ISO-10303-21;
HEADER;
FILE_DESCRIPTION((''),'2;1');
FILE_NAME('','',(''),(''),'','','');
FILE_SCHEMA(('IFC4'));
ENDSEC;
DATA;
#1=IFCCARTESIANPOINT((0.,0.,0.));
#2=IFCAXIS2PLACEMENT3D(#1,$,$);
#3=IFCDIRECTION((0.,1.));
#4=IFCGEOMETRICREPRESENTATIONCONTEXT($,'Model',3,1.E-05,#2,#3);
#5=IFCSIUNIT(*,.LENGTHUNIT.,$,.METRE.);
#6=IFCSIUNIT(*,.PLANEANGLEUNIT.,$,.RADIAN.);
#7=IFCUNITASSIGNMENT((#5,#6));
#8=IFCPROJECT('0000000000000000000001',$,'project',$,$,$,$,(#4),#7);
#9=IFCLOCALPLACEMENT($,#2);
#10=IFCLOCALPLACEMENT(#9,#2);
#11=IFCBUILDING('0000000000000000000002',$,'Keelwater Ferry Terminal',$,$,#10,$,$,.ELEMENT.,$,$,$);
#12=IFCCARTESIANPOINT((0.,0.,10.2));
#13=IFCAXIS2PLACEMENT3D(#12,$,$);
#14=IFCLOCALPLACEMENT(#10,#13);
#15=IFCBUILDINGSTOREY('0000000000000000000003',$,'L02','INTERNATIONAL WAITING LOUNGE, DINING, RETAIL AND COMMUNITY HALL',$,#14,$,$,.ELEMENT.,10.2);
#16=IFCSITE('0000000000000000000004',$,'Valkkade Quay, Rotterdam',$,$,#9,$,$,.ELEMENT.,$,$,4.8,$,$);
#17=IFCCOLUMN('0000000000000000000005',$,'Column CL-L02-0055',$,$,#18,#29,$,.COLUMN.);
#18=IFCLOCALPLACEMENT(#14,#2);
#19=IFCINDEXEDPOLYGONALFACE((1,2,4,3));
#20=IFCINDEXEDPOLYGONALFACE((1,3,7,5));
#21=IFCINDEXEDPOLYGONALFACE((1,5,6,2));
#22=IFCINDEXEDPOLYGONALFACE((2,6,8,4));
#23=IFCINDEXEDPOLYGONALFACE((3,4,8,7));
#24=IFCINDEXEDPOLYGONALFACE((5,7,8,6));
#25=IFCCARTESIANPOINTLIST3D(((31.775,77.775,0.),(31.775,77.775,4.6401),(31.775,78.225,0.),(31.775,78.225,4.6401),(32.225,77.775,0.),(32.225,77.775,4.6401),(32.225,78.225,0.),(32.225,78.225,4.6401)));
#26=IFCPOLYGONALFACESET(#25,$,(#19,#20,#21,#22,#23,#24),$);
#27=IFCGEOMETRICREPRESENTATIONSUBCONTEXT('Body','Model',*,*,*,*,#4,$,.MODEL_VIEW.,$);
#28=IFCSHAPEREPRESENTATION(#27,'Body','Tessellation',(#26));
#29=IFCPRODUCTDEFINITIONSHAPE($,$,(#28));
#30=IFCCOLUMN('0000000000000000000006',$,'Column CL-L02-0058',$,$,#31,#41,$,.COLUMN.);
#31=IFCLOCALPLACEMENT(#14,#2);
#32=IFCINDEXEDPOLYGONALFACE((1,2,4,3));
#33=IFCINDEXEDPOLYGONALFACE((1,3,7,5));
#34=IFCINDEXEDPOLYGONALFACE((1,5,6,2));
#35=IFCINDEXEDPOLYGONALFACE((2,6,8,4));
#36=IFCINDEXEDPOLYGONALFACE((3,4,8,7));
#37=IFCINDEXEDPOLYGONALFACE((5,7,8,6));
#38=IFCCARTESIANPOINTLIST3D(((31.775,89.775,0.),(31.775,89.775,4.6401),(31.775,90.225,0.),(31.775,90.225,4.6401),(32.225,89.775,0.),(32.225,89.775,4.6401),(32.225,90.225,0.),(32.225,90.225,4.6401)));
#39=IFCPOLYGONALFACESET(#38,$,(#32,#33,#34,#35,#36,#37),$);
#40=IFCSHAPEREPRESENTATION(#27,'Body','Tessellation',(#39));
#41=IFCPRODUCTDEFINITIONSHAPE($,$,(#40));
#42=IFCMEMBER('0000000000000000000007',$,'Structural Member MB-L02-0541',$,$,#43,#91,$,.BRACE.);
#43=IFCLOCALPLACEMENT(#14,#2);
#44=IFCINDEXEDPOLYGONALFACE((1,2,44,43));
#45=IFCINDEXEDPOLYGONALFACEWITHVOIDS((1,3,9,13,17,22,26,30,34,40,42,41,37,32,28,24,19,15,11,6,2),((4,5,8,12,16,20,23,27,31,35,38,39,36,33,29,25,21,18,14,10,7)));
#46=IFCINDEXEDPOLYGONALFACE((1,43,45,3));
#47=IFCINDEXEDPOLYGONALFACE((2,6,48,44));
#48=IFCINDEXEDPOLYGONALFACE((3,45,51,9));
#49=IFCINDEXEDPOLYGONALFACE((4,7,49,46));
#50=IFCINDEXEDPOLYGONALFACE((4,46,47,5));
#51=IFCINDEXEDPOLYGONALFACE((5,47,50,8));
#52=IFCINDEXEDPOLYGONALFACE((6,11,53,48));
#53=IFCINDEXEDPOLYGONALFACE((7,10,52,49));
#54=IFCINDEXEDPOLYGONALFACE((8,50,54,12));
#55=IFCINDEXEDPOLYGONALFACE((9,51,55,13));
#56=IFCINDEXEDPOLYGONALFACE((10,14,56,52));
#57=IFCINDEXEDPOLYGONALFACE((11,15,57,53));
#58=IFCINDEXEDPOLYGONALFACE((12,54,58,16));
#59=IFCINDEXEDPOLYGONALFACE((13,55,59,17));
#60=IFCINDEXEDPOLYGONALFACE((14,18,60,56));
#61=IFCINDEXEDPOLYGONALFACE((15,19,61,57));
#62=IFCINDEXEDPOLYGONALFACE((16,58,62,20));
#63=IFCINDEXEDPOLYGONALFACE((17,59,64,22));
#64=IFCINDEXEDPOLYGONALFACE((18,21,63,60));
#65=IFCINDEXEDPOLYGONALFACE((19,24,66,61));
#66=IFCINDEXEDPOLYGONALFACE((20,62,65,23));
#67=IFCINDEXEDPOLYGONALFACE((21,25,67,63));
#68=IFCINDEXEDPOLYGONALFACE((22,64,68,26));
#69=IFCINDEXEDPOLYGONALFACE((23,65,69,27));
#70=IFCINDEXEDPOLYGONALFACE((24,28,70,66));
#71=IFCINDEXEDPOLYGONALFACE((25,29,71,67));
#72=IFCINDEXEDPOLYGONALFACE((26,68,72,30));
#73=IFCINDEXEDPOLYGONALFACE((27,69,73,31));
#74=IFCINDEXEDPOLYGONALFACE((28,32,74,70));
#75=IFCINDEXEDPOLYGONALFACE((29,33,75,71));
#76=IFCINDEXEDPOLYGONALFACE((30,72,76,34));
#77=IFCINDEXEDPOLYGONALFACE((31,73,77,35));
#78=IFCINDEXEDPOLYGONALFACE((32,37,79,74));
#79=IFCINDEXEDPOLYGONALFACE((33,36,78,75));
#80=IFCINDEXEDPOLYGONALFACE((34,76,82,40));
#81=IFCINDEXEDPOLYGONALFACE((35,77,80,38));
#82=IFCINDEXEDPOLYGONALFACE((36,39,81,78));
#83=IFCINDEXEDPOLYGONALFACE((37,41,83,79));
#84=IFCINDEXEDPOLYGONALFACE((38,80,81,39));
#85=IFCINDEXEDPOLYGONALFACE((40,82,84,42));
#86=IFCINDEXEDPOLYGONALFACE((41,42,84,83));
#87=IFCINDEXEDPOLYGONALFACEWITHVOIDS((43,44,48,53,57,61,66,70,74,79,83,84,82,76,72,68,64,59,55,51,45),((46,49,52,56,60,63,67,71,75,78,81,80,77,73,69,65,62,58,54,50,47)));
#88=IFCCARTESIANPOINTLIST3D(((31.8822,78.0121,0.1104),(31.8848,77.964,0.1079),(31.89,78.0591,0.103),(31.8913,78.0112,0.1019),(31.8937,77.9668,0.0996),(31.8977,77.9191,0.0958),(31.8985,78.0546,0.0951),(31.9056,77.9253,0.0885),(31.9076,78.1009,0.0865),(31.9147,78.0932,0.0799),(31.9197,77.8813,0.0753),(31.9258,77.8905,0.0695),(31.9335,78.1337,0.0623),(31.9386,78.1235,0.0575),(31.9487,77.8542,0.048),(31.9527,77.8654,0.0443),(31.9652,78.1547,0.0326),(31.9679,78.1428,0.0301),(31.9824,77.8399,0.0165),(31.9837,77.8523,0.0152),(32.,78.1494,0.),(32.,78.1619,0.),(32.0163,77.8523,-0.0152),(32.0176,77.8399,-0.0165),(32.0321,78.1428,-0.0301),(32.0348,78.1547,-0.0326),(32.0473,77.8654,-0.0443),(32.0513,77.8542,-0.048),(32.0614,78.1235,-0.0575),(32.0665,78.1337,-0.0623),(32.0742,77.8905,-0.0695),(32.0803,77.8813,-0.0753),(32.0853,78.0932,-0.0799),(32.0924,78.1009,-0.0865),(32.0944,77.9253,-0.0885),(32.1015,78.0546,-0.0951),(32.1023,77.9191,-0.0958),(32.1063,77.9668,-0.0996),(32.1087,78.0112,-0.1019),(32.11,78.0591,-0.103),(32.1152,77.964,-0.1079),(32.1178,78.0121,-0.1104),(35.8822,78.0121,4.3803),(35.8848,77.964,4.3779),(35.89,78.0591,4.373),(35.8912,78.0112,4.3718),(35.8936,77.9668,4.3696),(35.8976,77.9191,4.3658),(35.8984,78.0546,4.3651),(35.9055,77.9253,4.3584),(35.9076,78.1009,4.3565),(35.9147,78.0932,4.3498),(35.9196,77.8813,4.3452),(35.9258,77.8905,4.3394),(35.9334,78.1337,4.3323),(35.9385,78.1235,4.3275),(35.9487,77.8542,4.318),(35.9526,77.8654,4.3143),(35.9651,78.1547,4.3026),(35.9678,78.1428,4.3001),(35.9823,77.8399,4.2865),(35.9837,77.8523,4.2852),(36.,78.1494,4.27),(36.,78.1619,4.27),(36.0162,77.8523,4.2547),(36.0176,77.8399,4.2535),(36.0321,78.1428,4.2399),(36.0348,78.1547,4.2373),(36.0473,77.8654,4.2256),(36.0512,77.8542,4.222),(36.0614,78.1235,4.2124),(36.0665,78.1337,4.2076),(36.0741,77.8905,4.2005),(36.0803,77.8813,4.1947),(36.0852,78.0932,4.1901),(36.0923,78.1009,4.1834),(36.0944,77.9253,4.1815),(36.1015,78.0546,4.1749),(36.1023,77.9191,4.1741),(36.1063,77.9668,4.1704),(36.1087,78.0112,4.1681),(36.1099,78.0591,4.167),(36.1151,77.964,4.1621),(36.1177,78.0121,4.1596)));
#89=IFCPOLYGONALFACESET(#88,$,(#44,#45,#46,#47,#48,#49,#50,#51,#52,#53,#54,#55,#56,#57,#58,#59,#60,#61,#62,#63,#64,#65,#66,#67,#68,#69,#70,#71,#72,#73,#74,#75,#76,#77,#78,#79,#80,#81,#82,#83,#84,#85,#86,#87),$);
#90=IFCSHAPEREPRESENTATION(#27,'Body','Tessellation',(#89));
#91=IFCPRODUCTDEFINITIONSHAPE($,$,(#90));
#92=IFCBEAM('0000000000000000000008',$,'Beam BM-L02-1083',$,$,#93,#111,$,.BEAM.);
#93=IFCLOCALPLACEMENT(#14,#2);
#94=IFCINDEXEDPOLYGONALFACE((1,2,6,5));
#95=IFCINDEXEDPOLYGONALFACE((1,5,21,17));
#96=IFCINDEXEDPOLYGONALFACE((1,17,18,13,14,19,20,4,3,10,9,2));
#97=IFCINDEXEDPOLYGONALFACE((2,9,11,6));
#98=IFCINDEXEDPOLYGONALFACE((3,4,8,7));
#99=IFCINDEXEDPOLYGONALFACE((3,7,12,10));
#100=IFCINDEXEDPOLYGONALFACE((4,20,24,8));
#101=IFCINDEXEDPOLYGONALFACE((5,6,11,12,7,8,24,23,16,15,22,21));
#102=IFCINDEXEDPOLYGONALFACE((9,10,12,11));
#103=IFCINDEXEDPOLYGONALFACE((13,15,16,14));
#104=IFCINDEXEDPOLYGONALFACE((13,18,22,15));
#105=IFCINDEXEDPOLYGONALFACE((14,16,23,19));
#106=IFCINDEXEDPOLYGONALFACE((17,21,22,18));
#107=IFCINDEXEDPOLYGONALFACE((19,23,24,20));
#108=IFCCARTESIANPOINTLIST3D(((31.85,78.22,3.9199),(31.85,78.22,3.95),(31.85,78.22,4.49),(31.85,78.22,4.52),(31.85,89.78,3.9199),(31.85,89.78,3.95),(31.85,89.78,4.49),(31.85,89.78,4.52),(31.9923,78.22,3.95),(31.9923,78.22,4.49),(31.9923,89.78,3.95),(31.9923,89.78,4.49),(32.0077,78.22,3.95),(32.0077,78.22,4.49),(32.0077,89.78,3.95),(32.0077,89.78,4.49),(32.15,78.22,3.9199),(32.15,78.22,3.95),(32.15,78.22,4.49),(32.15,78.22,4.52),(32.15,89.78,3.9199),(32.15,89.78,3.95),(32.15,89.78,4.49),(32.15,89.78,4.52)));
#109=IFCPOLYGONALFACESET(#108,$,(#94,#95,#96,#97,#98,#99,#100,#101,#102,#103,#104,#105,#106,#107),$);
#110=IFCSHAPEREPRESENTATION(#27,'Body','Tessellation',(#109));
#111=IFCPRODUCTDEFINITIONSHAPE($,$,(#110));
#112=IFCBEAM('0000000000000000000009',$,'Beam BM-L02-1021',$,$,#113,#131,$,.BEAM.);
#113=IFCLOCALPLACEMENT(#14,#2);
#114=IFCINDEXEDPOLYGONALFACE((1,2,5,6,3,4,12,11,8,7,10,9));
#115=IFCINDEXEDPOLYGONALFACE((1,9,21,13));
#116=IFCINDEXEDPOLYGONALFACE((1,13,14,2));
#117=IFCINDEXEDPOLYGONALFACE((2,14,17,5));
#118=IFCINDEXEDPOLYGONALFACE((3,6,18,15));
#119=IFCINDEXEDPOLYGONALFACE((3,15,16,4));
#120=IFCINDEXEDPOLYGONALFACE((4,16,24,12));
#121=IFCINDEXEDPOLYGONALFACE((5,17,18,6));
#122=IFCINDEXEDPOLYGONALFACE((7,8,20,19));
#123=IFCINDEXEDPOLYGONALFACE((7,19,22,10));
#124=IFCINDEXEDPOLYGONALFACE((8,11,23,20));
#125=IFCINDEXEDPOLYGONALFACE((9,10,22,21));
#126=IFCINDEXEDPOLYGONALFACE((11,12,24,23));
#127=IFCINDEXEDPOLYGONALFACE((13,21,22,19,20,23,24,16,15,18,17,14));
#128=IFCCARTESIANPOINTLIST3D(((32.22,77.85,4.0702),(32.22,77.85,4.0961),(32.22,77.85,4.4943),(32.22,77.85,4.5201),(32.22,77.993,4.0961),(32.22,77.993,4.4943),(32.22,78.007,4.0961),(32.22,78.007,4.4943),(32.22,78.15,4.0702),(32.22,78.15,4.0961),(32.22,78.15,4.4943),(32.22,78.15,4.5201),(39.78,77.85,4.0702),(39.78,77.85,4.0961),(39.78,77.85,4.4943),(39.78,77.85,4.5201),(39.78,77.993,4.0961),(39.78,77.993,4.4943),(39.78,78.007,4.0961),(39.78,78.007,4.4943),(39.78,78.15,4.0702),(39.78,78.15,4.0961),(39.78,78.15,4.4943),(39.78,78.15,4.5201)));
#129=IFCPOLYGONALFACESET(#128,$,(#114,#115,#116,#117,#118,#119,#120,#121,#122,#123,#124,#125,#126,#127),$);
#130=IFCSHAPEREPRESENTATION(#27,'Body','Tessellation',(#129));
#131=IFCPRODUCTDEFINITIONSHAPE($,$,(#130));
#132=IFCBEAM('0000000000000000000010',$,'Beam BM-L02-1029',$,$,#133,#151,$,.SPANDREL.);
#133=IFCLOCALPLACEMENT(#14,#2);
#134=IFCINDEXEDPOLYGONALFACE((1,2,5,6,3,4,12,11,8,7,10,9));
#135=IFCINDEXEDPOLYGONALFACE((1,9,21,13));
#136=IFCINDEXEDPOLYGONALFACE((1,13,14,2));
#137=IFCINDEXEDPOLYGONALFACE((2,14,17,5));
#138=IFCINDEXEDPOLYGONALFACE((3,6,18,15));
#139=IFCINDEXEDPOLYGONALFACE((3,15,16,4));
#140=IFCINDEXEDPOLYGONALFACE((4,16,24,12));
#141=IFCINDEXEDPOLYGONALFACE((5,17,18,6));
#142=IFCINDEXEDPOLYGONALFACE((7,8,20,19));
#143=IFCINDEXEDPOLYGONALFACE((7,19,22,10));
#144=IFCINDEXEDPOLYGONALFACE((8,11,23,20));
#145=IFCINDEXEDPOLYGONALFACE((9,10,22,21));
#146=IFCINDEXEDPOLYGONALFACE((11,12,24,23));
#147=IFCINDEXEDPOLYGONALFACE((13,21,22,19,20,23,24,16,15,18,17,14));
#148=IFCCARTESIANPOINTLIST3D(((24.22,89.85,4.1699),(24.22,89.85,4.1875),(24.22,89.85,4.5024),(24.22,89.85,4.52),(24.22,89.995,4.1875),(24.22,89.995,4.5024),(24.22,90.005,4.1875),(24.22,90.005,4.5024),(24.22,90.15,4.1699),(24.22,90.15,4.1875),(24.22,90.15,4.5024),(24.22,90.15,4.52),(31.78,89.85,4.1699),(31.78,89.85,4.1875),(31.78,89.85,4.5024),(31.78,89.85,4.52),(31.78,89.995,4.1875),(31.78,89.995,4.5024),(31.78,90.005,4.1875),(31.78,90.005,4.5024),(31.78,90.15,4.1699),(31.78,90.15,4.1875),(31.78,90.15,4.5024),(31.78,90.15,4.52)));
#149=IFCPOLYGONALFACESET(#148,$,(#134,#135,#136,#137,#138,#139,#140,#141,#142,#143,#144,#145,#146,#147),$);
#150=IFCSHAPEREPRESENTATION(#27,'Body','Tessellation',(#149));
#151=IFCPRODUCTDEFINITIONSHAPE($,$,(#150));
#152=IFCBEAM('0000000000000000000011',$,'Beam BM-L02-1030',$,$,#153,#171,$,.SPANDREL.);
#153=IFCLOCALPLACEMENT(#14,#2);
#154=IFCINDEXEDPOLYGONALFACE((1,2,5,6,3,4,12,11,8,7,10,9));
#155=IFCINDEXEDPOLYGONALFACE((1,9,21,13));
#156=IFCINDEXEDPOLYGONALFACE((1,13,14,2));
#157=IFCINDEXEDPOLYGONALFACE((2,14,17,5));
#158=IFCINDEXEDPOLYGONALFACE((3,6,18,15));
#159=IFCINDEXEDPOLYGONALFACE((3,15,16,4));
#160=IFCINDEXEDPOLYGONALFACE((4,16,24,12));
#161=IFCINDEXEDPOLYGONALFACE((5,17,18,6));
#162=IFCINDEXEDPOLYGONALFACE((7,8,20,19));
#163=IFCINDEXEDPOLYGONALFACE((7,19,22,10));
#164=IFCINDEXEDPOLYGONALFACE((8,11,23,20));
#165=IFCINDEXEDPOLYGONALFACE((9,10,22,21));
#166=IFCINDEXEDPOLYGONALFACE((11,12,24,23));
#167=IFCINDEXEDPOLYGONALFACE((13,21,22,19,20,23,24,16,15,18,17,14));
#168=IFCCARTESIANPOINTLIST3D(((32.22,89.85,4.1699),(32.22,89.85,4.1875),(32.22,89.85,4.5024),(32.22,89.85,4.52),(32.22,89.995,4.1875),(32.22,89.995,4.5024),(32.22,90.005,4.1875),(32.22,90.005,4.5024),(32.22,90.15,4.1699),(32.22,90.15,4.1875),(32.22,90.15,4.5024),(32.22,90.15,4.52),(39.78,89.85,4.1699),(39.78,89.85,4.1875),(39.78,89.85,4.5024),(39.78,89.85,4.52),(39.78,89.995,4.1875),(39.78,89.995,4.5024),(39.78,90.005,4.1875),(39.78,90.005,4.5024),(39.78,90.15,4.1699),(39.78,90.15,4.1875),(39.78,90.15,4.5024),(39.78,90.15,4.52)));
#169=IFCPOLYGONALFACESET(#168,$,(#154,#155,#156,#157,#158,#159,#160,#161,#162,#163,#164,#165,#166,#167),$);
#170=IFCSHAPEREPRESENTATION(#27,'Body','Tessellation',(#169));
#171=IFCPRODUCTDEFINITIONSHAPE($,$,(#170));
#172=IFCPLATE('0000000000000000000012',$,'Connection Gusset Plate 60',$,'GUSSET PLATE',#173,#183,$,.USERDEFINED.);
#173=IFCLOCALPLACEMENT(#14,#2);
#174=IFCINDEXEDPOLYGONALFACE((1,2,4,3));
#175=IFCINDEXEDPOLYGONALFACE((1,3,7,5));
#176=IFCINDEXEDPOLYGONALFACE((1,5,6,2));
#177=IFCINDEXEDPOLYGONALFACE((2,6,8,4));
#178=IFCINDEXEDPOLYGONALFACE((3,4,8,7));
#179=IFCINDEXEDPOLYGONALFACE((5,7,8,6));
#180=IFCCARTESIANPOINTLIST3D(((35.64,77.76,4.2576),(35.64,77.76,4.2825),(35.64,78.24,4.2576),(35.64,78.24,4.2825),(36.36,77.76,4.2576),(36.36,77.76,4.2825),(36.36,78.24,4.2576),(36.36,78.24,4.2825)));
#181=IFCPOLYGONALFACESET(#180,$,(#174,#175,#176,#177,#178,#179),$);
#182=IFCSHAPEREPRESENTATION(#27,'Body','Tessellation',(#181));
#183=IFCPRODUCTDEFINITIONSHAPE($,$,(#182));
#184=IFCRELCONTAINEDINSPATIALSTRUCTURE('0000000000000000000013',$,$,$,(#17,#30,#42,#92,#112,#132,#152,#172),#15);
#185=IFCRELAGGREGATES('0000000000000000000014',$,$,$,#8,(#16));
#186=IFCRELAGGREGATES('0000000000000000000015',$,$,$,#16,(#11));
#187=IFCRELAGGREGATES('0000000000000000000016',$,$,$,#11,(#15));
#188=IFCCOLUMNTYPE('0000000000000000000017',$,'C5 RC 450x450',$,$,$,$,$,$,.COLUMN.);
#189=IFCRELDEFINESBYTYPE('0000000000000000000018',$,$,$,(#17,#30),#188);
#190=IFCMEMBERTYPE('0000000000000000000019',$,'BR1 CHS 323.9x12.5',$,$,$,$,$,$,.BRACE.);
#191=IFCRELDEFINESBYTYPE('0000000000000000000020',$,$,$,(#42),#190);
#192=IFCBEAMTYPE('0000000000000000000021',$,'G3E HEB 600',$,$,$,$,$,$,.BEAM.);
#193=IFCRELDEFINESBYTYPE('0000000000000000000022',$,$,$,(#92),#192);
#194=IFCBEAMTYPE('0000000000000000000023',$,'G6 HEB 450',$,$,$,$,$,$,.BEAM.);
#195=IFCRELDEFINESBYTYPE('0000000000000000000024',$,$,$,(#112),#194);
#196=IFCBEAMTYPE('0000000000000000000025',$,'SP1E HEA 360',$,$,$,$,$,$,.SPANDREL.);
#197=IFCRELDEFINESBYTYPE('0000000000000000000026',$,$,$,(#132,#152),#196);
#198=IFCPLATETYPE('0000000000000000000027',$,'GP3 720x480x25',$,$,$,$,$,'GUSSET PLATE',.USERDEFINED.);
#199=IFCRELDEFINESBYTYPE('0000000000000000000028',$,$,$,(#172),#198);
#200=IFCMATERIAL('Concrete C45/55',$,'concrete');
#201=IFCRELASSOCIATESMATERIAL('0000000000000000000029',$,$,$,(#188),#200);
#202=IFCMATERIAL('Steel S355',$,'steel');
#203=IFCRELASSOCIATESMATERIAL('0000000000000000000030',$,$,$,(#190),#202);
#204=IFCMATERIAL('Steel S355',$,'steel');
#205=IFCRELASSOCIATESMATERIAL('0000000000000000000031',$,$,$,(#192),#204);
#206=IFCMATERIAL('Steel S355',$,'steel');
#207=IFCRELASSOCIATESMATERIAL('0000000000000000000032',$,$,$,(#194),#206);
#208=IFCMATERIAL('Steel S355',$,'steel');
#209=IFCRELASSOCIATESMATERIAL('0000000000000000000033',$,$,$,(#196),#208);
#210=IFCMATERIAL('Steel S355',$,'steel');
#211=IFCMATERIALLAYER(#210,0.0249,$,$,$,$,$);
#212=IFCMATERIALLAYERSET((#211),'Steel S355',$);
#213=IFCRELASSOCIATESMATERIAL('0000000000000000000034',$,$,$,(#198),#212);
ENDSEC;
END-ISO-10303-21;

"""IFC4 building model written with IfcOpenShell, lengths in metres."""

from ifc_helpers import new_model, si_unit, direction, frame, origin, origin_2d, place, context, subcontext, project, spatial, rectangle, hollow_circle, i_section, extrude, material, layer, layer_set, material_profile, profile_set, type_object, element, save


model = new_model("IFC4")

# Units and contexts
model_context = context("Model", 3, precision=1e-05, world=origin(), true_north=direction((0.0, 1.0)))
body_context = subcontext(model_context, "Body", "Model", "MODEL_VIEW")
ifc_project = project(units=[si_unit("LENGTHUNIT", "METRE"), si_unit("PLANEANGLEUNIT", "RADIAN")], contexts=[model_context])

# Site, building, storey
site_placement = place(None, origin())
site = spatial("IfcSite", under=ifc_project, at=site_placement, Name="Valkkade Quay, Rotterdam", CompositionType="ELEMENT", RefElevation=4.8)
building_placement = place(site_placement, origin())
building = spatial("IfcBuilding", under=site, at=building_placement, Name="Keelwater Ferry Terminal", CompositionType="ELEMENT")
storey_placement = place(building_placement, frame((0.0, 0.0, 10.2)))
storey = spatial("IfcBuildingStorey", under=building, at=storey_placement, Name="L02", Description="INTERNATIONAL WAITING LOUNGE, DINING, RETAIL AND COMMUNITY HALL", CompositionType="ELEMENT", Elevation=10.2)

# Columns
ifc_material_1 = material(Name="Concrete C45/55", Category="concrete")
ifc_material_profile_1 = material_profile(ifc_material_1, rectangle(XDim=0.45, YDim=0.45, at=origin_2d()), Name="RC 450x450")
ifc_profile_set_1 = profile_set([ifc_material_profile_1], Name="Concrete C45/55")
column_type = type_object("IfcColumnType", Name="C5 RC 450x450", PredefinedType="COLUMN", material=ifc_profile_set_1)
for number, where, z_axis, x_axis, name in (
    (1, (32.0, 78.0, 0.0), (0.0, 0.0, 1.0), (1.0, 0.0, 0.0), "Column CL-L02-0055"),
    (2, (32.0, 90.0, 0.0), (0.0, 0.0, 1.0), (1.0, 0.0, 0.0), "Column CL-L02-0058"),
):
    element("IfcColumn", number, at=place(storey_placement, frame(where, z_axis=z_axis, x_axis=x_axis)), inside=storey, type_object=column_type, Name=name, PredefinedType="COLUMN", context=body_context, shape_type="SweptSolid", body=[
        extrude(rectangle(XDim=0.45, YDim=0.45, at=origin_2d()), origin(), (0.0, 0.0, 1.0), 4.6401),
    ])

# Member
ifc_material_2 = material(Name="Steel S355", Category="steel")
ifc_material_profile_2 = material_profile(ifc_material_2, hollow_circle(Radius=0.1619, WallThickness=0.0125, at=origin_2d()), Name="CHS 323.9x12.5")
ifc_profile_set_2 = profile_set([ifc_material_profile_2], Name="Steel S355")
member_type = type_object("IfcMemberType", Name="BR1 CHS 323.9x12.5", PredefinedType="BRACE", material=ifc_profile_set_2)
member_placement = place(storey_placement, frame((32.0, 78.0, 0.0), z_axis=(0.683655, 0.0, 0.729805), x_axis=(0.0, 1.0, 0.0)))
element("IfcMember", 3, at=member_placement, inside=storey, type_object=member_type, Name="Structural Member MB-L02-0541", PredefinedType="BRACE", context=body_context, shape_type="SweptSolid", body=[
    extrude(hollow_circle(Radius=0.1619, WallThickness=0.0125, at=origin_2d()), origin(), (0.0, 0.0, 1.0), 5.8508),
])

# Beams
ifc_material_3 = material(Name="Steel S355", Category="steel")
ifc_material_profile_3 = material_profile(ifc_material_3, i_section(OverallWidth=0.3, OverallDepth=0.6001, WebThickness=0.0154, FlangeThickness=0.03, at=origin_2d()), Name="HEB 600")
ifc_profile_set_3 = profile_set([ifc_material_profile_3], Name="Steel S355")
beam_type_1 = type_object("IfcBeamType", Name="G3E HEB 600", PredefinedType="BEAM", material=ifc_profile_set_3)
beam_1_placement = place(storey_placement, frame((32.0, 78.22, 4.22), z_axis=(0.0, 1.0, 0.0), x_axis=(-1.0, 0.0, 0.0)))
element("IfcBeam", 4, at=beam_1_placement, inside=storey, type_object=beam_type_1, Name="Beam BM-L02-1083", PredefinedType="BEAM", context=body_context, shape_type="SweptSolid", body=[
    extrude(i_section(OverallWidth=0.3, OverallDepth=0.6001, WebThickness=0.0154, FlangeThickness=0.03, at=origin_2d()), origin(), (0.0, 0.0, 1.0), 11.5601),
])
ifc_material_4 = material(Name="Steel S355", Category="steel")
ifc_material_profile_4 = material_profile(ifc_material_4, i_section(OverallWidth=0.3, OverallDepth=0.45, WebThickness=0.0139, FlangeThickness=0.0259, at=origin_2d()), Name="HEB 450")
ifc_profile_set_4 = profile_set([ifc_material_profile_4], Name="Steel S355")
beam_type_2 = type_object("IfcBeamType", Name="G6 HEB 450", PredefinedType="BEAM", material=ifc_profile_set_4)
beam_2_placement = place(storey_placement, frame((32.22, 78.0, 4.2952), z_axis=(1.0, 0.0, 0.0), x_axis=(0.0, 1.0, 0.0)))
element("IfcBeam", 5, at=beam_2_placement, inside=storey, type_object=beam_type_2, Name="Beam BM-L02-1021", PredefinedType="BEAM", context=body_context, shape_type="SweptSolid", body=[
    extrude(i_section(OverallWidth=0.3, OverallDepth=0.45, WebThickness=0.0139, FlangeThickness=0.0259, at=origin_2d()), origin(), (0.0, 0.0, 1.0), 7.5601),
])
ifc_material_5 = material(Name="Steel S355", Category="steel")
ifc_material_profile_5 = material_profile(ifc_material_5, i_section(OverallWidth=0.3, OverallDepth=0.3501, WebThickness=0.01, FlangeThickness=0.0176, at=origin_2d()), Name="HEA 360")
ifc_profile_set_5 = profile_set([ifc_material_profile_5], Name="Steel S355")
beam_type_3 = type_object("IfcBeamType", Name="SP1E HEA 360", PredefinedType="SPANDREL", material=ifc_profile_set_5)
for number, where, z_axis, x_axis, name in (
    (6, (24.22, 90.0, 4.345), (1.0, 0.0, 0.0), (0.0, 1.0, 0.0), "Beam BM-L02-1029"),
    (7, (32.22, 90.0, 4.345), (1.0, 0.0, 0.0), (0.0, 1.0, 0.0), "Beam BM-L02-1030"),
):
    element("IfcBeam", number, at=place(storey_placement, frame(where, z_axis=z_axis, x_axis=x_axis)), inside=storey, type_object=beam_type_3, Name=name, PredefinedType="SPANDREL", context=body_context, shape_type="SweptSolid", body=[
        extrude(i_section(OverallWidth=0.3, OverallDepth=0.3501, WebThickness=0.01, FlangeThickness=0.0176, at=origin_2d()), origin(), (0.0, 0.0, 1.0), 7.5601),
    ])

# Plate
ifc_material_6 = material(Name="Steel S355", Category="steel")
ifc_layer_1 = layer(ifc_material_6, 0.0249)
ifc_layer_set_1 = layer_set([ifc_layer_1], Name="Steel S355")
plate_type = type_object("IfcPlateType", Name="GP3 720x480x25", ElementType="GUSSET PLATE", PredefinedType="USERDEFINED", material=ifc_layer_set_1)
for number, where, z_axis, x_axis, name in (
    (8, (36.0, 78.0, 4.2576), (0.0, 0.0, 1.0), (1.0, 0.0, 0.0), "Connection Gusset Plate 60"),
):
    element("IfcPlate", number, at=place(storey_placement, frame(where, z_axis=z_axis, x_axis=x_axis)), inside=storey, type_object=plate_type, Name=name, ObjectType="GUSSET PLATE", PredefinedType="USERDEFINED", context=body_context, shape_type="SweptSolid", body=[
        extrude(rectangle(XDim=0.72, YDim=0.48, at=origin_2d()), origin(), (0.0, 0.0, 1.0), 0.0249),
    ])

save(model, "model.ifc")
